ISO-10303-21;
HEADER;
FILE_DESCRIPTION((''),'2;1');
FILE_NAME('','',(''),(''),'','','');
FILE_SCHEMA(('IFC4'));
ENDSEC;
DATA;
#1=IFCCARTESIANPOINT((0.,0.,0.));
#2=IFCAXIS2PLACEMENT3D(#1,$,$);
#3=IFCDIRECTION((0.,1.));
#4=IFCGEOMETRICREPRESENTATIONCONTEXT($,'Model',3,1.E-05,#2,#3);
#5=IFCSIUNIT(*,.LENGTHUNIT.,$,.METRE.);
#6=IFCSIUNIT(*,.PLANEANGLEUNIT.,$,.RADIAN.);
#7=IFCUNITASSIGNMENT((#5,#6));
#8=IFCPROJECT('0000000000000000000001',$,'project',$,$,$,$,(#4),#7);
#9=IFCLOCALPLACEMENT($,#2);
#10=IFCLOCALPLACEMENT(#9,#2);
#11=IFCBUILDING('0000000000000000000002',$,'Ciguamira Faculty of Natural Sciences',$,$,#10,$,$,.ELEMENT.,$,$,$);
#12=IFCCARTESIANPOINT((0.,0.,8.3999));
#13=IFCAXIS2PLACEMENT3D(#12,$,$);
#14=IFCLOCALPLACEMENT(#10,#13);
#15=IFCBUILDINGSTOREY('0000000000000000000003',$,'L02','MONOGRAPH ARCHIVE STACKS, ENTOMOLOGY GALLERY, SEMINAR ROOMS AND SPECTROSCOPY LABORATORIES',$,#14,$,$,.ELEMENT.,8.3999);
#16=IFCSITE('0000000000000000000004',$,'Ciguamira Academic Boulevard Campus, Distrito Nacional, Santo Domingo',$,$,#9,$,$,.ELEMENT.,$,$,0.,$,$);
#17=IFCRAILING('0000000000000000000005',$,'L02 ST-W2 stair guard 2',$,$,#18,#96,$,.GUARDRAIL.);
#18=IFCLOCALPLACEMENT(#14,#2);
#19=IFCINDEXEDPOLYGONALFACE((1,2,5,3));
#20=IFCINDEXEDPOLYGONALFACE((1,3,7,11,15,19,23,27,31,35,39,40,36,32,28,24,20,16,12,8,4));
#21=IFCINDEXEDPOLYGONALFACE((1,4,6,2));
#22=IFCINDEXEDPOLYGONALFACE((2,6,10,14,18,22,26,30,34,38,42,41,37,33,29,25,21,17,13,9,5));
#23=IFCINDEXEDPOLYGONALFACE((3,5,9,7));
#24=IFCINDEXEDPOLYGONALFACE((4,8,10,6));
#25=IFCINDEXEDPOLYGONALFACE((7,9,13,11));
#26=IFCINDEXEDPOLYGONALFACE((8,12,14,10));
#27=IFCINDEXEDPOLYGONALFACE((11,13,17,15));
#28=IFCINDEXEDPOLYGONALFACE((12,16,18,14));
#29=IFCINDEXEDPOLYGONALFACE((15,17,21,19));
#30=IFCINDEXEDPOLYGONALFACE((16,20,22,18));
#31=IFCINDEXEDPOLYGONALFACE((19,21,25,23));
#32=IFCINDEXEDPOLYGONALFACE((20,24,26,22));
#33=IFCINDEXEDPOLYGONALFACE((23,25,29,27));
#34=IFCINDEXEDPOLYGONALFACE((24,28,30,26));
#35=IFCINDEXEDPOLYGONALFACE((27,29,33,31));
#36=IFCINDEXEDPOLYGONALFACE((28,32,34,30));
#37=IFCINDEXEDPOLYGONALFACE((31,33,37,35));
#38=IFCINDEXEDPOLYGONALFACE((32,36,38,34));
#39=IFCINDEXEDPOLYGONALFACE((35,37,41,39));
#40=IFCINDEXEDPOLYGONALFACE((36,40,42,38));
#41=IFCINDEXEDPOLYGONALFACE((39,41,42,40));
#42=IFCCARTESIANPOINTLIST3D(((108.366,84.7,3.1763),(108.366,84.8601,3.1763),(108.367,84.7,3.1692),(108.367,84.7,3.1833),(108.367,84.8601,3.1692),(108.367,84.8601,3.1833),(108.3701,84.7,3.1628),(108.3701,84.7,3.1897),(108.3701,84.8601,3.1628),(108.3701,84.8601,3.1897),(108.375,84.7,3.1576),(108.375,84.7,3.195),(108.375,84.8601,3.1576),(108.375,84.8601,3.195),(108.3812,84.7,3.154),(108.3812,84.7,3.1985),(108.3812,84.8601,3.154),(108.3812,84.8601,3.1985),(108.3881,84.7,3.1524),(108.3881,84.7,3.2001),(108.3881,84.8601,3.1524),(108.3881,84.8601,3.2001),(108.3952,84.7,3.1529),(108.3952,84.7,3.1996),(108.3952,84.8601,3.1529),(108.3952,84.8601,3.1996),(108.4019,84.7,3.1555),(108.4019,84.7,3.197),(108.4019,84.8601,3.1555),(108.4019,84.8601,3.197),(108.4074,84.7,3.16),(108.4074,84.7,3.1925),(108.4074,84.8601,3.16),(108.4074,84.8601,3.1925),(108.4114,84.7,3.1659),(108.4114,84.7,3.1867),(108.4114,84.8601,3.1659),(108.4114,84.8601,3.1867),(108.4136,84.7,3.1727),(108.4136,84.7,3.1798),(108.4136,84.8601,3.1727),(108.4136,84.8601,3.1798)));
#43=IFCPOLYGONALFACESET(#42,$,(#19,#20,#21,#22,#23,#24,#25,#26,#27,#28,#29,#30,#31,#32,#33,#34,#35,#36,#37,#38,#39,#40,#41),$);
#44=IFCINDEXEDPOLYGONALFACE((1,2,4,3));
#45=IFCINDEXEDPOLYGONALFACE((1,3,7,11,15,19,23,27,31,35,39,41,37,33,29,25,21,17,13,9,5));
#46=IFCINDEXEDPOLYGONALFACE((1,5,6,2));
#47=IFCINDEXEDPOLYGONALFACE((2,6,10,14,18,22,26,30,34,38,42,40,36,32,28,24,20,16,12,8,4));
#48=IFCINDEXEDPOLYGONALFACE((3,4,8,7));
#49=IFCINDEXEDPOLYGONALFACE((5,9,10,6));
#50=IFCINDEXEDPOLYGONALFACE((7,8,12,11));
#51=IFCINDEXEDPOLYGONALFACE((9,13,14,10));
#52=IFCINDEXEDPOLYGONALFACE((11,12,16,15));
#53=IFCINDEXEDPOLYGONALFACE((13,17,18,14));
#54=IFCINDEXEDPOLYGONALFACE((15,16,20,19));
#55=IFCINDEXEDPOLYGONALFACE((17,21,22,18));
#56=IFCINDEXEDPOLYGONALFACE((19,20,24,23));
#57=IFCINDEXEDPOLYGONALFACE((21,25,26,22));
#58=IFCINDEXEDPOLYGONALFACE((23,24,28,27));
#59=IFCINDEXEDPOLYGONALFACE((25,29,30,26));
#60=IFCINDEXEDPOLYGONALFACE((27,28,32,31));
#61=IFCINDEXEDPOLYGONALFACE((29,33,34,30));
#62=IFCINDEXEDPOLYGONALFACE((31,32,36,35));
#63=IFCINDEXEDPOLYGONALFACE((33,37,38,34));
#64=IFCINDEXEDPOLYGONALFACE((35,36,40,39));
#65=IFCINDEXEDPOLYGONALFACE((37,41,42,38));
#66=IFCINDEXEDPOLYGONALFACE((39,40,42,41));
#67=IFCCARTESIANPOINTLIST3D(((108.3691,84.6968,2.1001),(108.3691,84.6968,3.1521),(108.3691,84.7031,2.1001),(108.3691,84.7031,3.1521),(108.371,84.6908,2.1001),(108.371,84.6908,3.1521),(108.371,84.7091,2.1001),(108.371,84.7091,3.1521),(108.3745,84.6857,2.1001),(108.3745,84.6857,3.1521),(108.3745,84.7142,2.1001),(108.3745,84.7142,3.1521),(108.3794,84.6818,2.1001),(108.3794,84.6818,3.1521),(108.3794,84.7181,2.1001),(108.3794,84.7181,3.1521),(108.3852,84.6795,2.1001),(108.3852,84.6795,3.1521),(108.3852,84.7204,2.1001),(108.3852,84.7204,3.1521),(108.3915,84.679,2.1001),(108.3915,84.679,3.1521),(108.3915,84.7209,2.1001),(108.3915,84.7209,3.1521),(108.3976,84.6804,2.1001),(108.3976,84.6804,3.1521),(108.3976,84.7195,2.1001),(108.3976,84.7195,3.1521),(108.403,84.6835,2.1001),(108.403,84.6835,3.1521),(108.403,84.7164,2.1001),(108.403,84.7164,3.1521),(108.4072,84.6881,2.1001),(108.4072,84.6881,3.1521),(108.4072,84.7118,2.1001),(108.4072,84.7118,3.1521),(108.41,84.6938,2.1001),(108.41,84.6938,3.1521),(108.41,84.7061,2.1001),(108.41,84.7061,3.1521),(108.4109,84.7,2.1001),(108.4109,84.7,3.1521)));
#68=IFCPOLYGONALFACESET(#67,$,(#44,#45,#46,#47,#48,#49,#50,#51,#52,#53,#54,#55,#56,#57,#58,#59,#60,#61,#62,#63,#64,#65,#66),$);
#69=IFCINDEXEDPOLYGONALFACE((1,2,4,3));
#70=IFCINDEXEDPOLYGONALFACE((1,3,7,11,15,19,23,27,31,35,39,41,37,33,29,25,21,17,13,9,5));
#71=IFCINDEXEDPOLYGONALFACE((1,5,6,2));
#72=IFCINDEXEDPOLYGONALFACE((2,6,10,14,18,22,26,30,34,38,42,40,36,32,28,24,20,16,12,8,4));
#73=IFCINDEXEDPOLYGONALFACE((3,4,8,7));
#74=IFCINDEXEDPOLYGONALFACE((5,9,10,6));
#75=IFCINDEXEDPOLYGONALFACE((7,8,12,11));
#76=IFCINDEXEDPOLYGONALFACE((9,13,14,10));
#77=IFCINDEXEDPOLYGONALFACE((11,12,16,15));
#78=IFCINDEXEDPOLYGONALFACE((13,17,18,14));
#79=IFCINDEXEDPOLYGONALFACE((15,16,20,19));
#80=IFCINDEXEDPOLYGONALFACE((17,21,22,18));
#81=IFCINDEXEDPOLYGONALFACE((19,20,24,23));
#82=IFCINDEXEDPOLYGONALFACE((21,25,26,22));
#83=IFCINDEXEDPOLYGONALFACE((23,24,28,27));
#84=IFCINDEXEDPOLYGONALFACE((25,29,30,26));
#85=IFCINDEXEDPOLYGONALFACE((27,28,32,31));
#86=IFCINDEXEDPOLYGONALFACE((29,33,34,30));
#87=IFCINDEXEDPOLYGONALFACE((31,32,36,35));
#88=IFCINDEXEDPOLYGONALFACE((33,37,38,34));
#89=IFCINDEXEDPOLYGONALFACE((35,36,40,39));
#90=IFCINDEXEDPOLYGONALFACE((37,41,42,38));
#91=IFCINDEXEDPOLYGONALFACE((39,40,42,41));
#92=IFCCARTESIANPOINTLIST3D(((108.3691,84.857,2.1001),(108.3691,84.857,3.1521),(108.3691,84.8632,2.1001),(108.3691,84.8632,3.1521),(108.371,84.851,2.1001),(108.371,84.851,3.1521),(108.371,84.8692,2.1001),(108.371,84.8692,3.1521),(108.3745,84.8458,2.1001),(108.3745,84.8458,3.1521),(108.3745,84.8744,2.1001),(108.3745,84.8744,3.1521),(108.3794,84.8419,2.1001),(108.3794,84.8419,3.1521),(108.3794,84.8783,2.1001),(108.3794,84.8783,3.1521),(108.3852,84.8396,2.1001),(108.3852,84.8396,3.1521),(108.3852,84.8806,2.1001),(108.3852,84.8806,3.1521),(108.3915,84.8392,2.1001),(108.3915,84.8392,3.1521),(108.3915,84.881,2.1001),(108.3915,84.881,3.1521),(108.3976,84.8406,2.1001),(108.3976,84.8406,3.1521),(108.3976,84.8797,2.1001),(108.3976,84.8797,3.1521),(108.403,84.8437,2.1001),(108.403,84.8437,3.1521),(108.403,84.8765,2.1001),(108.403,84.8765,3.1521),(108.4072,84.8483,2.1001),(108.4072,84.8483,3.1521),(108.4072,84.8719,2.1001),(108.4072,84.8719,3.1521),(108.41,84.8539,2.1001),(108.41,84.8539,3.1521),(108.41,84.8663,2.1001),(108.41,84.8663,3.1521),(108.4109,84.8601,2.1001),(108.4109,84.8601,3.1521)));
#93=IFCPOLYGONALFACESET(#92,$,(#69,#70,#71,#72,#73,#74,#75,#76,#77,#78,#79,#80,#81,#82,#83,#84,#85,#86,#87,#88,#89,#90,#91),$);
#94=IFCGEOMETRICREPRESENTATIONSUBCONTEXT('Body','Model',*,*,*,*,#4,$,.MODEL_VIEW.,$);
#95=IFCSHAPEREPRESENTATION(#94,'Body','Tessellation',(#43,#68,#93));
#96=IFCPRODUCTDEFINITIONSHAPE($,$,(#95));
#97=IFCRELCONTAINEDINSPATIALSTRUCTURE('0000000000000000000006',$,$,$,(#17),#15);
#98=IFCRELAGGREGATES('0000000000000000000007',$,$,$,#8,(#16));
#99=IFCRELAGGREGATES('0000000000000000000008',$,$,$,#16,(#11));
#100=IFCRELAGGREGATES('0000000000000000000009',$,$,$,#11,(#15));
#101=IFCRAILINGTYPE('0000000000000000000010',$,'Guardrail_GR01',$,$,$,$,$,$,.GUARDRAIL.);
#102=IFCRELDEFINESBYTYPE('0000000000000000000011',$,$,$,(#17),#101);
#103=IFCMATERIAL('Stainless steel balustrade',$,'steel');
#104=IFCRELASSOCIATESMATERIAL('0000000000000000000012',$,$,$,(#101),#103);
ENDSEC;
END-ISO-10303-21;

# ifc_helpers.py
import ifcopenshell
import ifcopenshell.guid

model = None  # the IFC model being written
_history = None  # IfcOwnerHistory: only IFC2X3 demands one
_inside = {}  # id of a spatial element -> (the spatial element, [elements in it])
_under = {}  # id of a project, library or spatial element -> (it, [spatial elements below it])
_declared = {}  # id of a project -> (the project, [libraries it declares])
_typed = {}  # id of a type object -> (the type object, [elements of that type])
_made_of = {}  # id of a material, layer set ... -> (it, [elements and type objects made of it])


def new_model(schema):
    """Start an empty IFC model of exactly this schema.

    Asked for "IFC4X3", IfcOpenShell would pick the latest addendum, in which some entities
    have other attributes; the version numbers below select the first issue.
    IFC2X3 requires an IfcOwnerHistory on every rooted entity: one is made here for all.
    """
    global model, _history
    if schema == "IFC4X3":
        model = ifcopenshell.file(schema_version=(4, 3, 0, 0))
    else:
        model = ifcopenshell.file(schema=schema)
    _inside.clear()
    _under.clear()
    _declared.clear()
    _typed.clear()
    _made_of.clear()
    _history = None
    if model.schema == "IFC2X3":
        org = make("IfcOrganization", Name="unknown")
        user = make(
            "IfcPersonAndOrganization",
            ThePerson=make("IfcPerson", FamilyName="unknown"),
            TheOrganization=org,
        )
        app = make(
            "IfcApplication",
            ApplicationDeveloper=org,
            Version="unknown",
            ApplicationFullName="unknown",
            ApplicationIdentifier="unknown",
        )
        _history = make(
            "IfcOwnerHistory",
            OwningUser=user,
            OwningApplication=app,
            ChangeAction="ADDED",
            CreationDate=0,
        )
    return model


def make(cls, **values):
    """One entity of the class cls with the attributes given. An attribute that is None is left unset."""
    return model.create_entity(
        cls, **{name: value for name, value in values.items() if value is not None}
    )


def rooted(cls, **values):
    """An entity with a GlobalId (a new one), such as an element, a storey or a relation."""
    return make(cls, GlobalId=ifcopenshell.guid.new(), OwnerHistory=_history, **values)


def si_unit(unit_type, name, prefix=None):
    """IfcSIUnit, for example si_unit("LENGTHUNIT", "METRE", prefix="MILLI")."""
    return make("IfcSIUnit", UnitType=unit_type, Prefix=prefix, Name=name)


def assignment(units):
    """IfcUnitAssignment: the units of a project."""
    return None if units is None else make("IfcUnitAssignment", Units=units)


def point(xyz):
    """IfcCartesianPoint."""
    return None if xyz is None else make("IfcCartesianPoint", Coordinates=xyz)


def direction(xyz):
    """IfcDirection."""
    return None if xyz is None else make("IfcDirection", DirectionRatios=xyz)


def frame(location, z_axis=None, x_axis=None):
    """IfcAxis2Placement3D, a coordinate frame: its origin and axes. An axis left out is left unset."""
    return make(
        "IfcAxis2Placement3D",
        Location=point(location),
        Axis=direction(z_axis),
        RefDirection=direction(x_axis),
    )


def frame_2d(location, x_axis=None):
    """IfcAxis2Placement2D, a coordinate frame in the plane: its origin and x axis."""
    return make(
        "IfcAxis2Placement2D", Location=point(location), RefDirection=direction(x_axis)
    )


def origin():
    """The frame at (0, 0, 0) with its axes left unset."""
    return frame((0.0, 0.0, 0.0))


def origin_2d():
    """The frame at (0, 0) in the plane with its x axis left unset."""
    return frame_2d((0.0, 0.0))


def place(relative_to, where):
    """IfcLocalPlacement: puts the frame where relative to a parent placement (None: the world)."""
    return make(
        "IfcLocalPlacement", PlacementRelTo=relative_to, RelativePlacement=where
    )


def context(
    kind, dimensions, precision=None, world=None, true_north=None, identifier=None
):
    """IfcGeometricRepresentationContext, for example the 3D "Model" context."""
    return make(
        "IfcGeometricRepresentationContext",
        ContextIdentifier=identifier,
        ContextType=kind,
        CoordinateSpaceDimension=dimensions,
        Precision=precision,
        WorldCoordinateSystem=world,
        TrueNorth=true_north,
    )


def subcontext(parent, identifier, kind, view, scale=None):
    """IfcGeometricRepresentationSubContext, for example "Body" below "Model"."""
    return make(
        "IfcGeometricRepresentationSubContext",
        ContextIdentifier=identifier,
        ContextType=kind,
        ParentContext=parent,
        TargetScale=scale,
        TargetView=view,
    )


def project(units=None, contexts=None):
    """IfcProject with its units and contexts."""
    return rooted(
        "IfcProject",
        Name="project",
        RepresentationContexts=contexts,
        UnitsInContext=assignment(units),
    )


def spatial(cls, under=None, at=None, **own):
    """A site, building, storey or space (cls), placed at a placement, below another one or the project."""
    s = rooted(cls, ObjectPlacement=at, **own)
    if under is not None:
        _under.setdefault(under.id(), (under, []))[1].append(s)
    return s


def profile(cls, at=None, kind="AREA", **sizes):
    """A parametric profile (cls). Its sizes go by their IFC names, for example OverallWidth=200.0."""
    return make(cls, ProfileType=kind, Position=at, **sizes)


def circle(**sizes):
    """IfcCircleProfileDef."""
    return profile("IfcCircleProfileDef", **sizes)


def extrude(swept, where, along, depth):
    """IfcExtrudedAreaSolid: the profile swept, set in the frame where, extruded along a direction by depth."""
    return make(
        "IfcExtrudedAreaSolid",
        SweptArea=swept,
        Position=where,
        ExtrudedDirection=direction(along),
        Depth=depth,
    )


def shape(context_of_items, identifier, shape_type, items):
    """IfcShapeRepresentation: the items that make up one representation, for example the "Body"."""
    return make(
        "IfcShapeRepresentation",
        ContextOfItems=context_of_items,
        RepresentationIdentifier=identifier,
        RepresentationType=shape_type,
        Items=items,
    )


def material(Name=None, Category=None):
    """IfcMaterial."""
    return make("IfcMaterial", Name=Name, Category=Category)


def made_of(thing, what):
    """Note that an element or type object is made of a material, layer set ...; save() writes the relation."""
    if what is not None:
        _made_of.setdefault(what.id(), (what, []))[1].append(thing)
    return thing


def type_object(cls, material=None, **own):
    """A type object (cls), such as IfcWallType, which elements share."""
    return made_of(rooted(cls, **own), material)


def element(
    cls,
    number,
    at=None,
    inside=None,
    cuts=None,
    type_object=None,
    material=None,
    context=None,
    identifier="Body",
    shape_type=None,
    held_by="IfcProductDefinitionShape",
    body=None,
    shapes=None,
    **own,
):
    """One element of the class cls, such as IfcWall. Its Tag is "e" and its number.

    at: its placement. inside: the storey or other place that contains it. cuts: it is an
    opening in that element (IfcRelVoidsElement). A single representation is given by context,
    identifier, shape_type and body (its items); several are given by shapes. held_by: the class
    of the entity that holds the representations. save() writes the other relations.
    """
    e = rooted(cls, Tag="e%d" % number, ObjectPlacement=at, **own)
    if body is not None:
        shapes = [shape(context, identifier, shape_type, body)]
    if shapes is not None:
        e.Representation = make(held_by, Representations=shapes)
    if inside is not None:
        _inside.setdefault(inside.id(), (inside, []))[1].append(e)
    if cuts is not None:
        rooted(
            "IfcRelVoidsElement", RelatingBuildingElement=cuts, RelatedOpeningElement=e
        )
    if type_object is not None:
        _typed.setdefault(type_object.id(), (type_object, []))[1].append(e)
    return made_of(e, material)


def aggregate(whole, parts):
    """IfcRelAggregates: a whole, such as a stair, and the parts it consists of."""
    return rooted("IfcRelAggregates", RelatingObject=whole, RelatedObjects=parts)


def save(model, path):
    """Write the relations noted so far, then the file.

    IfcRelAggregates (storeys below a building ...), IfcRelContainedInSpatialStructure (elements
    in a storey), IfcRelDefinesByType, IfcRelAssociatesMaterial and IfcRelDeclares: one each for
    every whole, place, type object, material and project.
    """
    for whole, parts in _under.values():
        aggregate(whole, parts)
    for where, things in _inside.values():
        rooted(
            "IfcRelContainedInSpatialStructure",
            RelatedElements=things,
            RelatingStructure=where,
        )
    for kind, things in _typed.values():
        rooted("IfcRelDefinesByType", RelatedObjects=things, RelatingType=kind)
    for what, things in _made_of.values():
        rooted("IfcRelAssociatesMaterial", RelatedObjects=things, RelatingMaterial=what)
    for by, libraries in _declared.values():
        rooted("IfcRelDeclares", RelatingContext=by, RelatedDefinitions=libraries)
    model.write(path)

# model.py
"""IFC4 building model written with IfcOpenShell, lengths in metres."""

from ifc_helpers import new_model, si_unit, direction, frame, origin, origin_2d, place, context, subcontext, project, spatial, circle, extrude, material, type_object, element, save


model = new_model("IFC4")

# Units and contexts
model_context = context("Model", 3, precision=1e-05, world=origin(), true_north=direction((0.0, 1.0)))
body_context = subcontext(model_context, "Body", "Model", "MODEL_VIEW")
ifc_project = project(units=[si_unit("LENGTHUNIT", "METRE"), si_unit("PLANEANGLEUNIT", "RADIAN")], contexts=[model_context])

# Site, building, storey
site_placement = place(None, origin())
site = spatial("IfcSite", under=ifc_project, at=site_placement, Name="Ciguamira Academic Boulevard Campus, Distrito Nacional, Santo Domingo", CompositionType="ELEMENT", RefElevation=0.0)
building_placement = place(site_placement, origin())
building = spatial("IfcBuilding", under=site, at=building_placement, Name="Ciguamira Faculty of Natural Sciences", CompositionType="ELEMENT")
storey_placement = place(building_placement, frame((0.0, 0.0, 8.3999)))
storey = spatial("IfcBuildingStorey", under=building, at=storey_placement, Name="L02", Description="MONOGRAPH ARCHIVE STACKS, ENTOMOLOGY GALLERY, SEMINAR ROOMS AND SPECTROSCOPY LABORATORIES", CompositionType="ELEMENT", Elevation=8.3999)

# Railing
ifc_material_1 = material(Name="Stainless steel balustrade", Category="steel")
railing_type_1 = type_object("IfcRailingType", Name="Guardrail_GR01", PredefinedType="GUARDRAIL", material=ifc_material_1)
railing_1_placement = place(storey_placement, frame((108.3899, 84.7, 2.1001)))
element("IfcRailing", 1, at=railing_1_placement, inside=storey, type_object=railing_type_1, Name="L02 ST-W2 stair guard 2", PredefinedType="GUARDRAIL", context=body_context, shape_type="SweptSolid", body=[
    extrude(circle(Radius=0.0239, at=origin_2d()), frame((0.0, 0.0, 1.0762), z_axis=(0.0, 1.0, 0.0), x_axis=(-1.0, 0.0, 0.0)), (0.0, 0.0, 1.0), 0.1602),
    extrude(circle(Radius=0.021, at=origin_2d()), origin(), (0.0, 0.0, 1.0), 1.052),
    extrude(circle(Radius=0.021, at=origin_2d()), frame((0.0, 0.1602, 0.0)), (0.0, 0.0, 1.0), 1.052),
])

save(model, "model.ifc")
